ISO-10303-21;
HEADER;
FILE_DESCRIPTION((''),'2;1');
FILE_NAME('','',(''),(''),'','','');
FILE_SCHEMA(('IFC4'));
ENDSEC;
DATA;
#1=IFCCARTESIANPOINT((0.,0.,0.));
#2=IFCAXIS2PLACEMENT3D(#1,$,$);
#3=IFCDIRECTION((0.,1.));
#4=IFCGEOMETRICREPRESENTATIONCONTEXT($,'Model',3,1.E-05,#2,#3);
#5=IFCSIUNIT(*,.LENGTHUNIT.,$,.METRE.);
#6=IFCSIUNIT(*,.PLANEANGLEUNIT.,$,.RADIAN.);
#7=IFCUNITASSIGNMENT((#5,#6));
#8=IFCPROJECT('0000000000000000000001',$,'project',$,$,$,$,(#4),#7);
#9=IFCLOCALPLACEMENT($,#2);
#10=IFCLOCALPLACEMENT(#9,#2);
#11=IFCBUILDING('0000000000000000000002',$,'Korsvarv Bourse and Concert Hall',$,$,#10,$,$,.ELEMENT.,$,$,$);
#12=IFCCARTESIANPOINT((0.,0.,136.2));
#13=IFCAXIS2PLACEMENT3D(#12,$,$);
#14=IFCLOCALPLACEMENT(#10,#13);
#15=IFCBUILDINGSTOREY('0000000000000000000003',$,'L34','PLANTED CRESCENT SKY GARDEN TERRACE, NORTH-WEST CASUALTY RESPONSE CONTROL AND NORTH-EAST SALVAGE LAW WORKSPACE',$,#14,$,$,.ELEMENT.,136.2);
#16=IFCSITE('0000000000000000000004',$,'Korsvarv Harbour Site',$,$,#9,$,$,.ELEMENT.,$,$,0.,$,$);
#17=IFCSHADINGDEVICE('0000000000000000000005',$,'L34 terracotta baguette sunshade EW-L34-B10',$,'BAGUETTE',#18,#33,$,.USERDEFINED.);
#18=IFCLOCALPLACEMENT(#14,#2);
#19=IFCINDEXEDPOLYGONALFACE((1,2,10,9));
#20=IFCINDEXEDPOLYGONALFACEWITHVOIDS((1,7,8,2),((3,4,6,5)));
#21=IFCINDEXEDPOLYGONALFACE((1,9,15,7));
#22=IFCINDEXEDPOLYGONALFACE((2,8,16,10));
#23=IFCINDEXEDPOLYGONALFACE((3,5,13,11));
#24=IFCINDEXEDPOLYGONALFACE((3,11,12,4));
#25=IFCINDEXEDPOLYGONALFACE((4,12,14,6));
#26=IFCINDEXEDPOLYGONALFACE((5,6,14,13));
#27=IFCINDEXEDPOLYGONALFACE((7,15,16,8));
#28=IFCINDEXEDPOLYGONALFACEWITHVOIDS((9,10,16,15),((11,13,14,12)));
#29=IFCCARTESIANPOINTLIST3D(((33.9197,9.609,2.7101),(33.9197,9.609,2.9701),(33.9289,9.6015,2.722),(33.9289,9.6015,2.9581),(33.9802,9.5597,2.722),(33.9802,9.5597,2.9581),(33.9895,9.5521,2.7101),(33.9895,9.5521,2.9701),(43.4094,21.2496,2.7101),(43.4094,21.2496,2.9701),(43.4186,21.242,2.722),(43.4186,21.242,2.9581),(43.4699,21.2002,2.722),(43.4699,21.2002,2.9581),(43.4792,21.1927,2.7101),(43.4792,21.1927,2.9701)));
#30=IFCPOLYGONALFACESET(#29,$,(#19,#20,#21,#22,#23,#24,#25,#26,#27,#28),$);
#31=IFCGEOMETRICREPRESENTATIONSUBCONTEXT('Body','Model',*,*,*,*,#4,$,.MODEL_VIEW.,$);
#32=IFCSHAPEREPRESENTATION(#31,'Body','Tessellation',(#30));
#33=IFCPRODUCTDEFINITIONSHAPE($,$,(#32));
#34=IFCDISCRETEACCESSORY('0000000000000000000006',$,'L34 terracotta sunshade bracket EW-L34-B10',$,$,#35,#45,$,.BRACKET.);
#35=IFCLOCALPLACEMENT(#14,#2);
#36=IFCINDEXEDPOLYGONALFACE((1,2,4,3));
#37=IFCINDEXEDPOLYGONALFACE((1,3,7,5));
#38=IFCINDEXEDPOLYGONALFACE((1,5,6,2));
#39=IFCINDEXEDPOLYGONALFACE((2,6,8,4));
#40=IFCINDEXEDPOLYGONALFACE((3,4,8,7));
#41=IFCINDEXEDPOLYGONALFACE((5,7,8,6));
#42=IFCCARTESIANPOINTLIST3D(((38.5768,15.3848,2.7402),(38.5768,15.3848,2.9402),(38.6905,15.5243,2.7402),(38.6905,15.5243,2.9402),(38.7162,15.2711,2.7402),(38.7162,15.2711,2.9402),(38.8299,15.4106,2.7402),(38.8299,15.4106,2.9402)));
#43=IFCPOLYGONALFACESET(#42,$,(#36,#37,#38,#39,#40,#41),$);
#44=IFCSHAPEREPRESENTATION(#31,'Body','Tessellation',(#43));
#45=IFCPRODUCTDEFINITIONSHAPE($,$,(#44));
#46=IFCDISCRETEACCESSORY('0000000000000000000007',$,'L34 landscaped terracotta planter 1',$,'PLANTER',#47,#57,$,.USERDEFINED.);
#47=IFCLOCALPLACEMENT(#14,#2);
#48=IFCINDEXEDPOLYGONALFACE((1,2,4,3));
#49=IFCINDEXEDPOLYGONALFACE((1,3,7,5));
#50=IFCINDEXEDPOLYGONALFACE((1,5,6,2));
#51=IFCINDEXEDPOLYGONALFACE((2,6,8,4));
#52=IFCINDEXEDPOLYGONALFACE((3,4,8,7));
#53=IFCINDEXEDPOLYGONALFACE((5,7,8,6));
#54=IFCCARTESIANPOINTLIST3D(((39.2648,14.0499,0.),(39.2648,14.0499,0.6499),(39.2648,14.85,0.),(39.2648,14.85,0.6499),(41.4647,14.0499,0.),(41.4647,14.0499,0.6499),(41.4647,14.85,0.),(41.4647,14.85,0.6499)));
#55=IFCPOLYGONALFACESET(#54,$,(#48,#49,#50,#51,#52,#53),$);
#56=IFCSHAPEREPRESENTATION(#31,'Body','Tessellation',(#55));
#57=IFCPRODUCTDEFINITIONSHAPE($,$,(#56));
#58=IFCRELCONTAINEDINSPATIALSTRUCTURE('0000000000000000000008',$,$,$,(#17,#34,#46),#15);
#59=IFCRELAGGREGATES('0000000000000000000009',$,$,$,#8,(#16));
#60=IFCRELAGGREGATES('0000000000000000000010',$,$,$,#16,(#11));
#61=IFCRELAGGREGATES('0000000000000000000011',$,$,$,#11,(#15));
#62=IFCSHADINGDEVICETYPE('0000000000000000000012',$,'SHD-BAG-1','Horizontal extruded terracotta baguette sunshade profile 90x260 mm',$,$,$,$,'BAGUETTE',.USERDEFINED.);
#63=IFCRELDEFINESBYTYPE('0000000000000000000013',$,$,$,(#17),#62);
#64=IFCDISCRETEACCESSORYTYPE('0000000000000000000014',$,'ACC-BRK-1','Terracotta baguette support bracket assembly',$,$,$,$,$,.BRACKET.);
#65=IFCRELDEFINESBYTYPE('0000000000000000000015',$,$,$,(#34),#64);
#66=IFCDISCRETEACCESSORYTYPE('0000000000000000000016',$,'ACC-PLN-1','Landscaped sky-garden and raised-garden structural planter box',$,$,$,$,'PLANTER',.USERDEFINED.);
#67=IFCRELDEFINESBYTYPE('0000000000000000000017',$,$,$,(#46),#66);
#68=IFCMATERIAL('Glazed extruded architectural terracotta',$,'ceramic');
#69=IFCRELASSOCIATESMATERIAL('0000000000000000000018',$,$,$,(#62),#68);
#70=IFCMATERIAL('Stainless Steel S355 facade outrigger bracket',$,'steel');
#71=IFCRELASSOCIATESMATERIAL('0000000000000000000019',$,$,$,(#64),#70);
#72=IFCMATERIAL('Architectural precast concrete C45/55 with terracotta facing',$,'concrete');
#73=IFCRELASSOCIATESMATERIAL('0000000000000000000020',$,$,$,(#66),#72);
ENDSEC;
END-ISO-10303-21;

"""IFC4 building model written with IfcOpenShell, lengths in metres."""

from ifc_helpers import new_model, si_unit, direction, frame, origin, origin_2d, place, context, subcontext, project, spatial, rectangle, hollow_rectangle, extrude, source, transform, mapped, material, material_profile, profile_set, type_object, element, save


model = new_model("IFC4")

# Units and contexts
model_context = context("Model", 3, precision=1e-05, world=origin(), true_north=direction((0.0, 1.0)))
body_context = subcontext(model_context, "Body", "Model", "MODEL_VIEW")
ifc_project = project(units=[si_unit("LENGTHUNIT", "METRE"), si_unit("PLANEANGLEUNIT", "RADIAN")], contexts=[model_context])

# Site, building, storey
site_placement = place(None, origin())
site = spatial("IfcSite", under=ifc_project, at=site_placement, Name="Korsvarv Harbour Site", CompositionType="ELEMENT", RefElevation=0.0)
building_placement = place(site_placement, origin())
building = spatial("IfcBuilding", under=site, at=building_placement, Name="Korsvarv Bourse and Concert Hall", CompositionType="ELEMENT")
storey_placement = place(building_placement, frame((0.0, 0.0, 136.2)))
storey = spatial("IfcBuildingStorey", under=building, at=storey_placement, Name="L34", Description="PLANTED CRESCENT SKY GARDEN TERRACE, NORTH-WEST CASUALTY RESPONSE CONTROL AND NORTH-EAST SALVAGE LAW WORKSPACE", CompositionType="ELEMENT", Elevation=136.2)

# Shading device
ifc_material_1 = material(Name="Glazed extruded architectural terracotta", Category="ceramic")
ifc_material_profile_1 = material_profile(ifc_material_1, hollow_rectangle(XDim=0.0901, YDim=0.26, WallThickness=0.012, at=origin_2d()), Name="TC-BAG 90x260")
ifc_profile_set_1 = profile_set([ifc_material_profile_1], Name="Glazed extruded architectural terracotta")
shading_device_type = type_object("IfcShadingDeviceType", Name="SHD-BAG-1", Description="Horizontal extruded terracotta baguette sunshade profile 90x260 mm", ElementType="BAGUETTE", PredefinedType="USERDEFINED", material=ifc_profile_set_1)
shared_shape_1 = source(origin(), body_context, "Body", "SweptSolid", [
    extrude(hollow_rectangle(XDim=0.0901, YDim=0.26, WallThickness=0.012, at=origin_2d()), origin(), (0.0, 0.0, 1.0), 15.0186),
])
shading_device_placement = place(storey_placement, frame((33.9546, 9.5806, 2.8401), z_axis=(0.631865, 0.775079, 0.0), x_axis=(-0.775079, 0.631865, 0.0)))
element("IfcShadingDevice", 1, at=shading_device_placement, inside=storey, type_object=shading_device_type, Name="L34 terracotta baguette sunshade EW-L34-B10", ObjectType="BAGUETTE", PredefinedType="USERDEFINED", context=body_context, shape_type="MappedRepresentation", body=[
    mapped(shared_shape_1, transform((0.0, 0.0, 0.0), scale=1.0)),
])

# Discrete accessories
ifc_material_2 = material(Name="Stainless Steel S355 facade outrigger bracket", Category="steel")
discrete_accessory_type_1 = type_object("IfcDiscreteAccessoryType", Name="ACC-BRK-1", Description="Terracotta baguette support bracket assembly", PredefinedType="BRACKET", material=ifc_material_2)
shared_shape_2 = source(origin(), body_context, "Body", "SweptSolid", [
    extrude(rectangle(XDim=0.1799, YDim=0.1799, at=origin_2d()), origin(), (0.0, 0.0, 1.0), 0.2),
])
discrete_accessory_1_placement = place(storey_placement, frame((38.7034, 15.3977, 2.7402), z_axis=(0.0, 0.0, 1.0), x_axis=(0.631894, 0.775055, 0.0)))
element("IfcDiscreteAccessory", 2, at=discrete_accessory_1_placement, inside=storey, type_object=discrete_accessory_type_1, Name="L34 terracotta sunshade bracket EW-L34-B10", PredefinedType="BRACKET", context=body_context, shape_type="MappedRepresentation", body=[
    mapped(shared_shape_2, transform((0.0, 0.0, 0.0), scale=1.0)),
])
ifc_material_3 = material(Name="Architectural precast concrete C45/55 with terracotta facing", Category="concrete")
discrete_accessory_type_2 = type_object("IfcDiscreteAccessoryType", Name="ACC-PLN-1", Description="Landscaped sky-garden and raised-garden structural planter box", ElementType="PLANTER", PredefinedType="USERDEFINED", material=ifc_material_3)
shared_shape_3 = source(origin(), body_context, "Body", "SweptSolid", [
    extrude(rectangle(XDim=2.2, YDim=0.8, at=origin_2d()), origin(), (0.0, 0.0, 1.0), 0.6499),
])
discrete_accessory_2_placement = place(storey_placement, frame((40.3647, 14.45, 0.0), z_axis=(0.0, 0.0, 1.0), x_axis=(1.0, 0.0, 0.0)))
element("IfcDiscreteAccessory", 3, at=discrete_accessory_2_placement, inside=storey, type_object=discrete_accessory_type_2, Name="L34 landscaped terracotta planter 1", ObjectType="PLANTER", PredefinedType="USERDEFINED", context=body_context, shape_type="MappedRepresentation", body=[
    mapped(shared_shape_3, transform((0.0, 0.0, 0.0), scale=1.0)),
])

save(model, "model.ifc")
